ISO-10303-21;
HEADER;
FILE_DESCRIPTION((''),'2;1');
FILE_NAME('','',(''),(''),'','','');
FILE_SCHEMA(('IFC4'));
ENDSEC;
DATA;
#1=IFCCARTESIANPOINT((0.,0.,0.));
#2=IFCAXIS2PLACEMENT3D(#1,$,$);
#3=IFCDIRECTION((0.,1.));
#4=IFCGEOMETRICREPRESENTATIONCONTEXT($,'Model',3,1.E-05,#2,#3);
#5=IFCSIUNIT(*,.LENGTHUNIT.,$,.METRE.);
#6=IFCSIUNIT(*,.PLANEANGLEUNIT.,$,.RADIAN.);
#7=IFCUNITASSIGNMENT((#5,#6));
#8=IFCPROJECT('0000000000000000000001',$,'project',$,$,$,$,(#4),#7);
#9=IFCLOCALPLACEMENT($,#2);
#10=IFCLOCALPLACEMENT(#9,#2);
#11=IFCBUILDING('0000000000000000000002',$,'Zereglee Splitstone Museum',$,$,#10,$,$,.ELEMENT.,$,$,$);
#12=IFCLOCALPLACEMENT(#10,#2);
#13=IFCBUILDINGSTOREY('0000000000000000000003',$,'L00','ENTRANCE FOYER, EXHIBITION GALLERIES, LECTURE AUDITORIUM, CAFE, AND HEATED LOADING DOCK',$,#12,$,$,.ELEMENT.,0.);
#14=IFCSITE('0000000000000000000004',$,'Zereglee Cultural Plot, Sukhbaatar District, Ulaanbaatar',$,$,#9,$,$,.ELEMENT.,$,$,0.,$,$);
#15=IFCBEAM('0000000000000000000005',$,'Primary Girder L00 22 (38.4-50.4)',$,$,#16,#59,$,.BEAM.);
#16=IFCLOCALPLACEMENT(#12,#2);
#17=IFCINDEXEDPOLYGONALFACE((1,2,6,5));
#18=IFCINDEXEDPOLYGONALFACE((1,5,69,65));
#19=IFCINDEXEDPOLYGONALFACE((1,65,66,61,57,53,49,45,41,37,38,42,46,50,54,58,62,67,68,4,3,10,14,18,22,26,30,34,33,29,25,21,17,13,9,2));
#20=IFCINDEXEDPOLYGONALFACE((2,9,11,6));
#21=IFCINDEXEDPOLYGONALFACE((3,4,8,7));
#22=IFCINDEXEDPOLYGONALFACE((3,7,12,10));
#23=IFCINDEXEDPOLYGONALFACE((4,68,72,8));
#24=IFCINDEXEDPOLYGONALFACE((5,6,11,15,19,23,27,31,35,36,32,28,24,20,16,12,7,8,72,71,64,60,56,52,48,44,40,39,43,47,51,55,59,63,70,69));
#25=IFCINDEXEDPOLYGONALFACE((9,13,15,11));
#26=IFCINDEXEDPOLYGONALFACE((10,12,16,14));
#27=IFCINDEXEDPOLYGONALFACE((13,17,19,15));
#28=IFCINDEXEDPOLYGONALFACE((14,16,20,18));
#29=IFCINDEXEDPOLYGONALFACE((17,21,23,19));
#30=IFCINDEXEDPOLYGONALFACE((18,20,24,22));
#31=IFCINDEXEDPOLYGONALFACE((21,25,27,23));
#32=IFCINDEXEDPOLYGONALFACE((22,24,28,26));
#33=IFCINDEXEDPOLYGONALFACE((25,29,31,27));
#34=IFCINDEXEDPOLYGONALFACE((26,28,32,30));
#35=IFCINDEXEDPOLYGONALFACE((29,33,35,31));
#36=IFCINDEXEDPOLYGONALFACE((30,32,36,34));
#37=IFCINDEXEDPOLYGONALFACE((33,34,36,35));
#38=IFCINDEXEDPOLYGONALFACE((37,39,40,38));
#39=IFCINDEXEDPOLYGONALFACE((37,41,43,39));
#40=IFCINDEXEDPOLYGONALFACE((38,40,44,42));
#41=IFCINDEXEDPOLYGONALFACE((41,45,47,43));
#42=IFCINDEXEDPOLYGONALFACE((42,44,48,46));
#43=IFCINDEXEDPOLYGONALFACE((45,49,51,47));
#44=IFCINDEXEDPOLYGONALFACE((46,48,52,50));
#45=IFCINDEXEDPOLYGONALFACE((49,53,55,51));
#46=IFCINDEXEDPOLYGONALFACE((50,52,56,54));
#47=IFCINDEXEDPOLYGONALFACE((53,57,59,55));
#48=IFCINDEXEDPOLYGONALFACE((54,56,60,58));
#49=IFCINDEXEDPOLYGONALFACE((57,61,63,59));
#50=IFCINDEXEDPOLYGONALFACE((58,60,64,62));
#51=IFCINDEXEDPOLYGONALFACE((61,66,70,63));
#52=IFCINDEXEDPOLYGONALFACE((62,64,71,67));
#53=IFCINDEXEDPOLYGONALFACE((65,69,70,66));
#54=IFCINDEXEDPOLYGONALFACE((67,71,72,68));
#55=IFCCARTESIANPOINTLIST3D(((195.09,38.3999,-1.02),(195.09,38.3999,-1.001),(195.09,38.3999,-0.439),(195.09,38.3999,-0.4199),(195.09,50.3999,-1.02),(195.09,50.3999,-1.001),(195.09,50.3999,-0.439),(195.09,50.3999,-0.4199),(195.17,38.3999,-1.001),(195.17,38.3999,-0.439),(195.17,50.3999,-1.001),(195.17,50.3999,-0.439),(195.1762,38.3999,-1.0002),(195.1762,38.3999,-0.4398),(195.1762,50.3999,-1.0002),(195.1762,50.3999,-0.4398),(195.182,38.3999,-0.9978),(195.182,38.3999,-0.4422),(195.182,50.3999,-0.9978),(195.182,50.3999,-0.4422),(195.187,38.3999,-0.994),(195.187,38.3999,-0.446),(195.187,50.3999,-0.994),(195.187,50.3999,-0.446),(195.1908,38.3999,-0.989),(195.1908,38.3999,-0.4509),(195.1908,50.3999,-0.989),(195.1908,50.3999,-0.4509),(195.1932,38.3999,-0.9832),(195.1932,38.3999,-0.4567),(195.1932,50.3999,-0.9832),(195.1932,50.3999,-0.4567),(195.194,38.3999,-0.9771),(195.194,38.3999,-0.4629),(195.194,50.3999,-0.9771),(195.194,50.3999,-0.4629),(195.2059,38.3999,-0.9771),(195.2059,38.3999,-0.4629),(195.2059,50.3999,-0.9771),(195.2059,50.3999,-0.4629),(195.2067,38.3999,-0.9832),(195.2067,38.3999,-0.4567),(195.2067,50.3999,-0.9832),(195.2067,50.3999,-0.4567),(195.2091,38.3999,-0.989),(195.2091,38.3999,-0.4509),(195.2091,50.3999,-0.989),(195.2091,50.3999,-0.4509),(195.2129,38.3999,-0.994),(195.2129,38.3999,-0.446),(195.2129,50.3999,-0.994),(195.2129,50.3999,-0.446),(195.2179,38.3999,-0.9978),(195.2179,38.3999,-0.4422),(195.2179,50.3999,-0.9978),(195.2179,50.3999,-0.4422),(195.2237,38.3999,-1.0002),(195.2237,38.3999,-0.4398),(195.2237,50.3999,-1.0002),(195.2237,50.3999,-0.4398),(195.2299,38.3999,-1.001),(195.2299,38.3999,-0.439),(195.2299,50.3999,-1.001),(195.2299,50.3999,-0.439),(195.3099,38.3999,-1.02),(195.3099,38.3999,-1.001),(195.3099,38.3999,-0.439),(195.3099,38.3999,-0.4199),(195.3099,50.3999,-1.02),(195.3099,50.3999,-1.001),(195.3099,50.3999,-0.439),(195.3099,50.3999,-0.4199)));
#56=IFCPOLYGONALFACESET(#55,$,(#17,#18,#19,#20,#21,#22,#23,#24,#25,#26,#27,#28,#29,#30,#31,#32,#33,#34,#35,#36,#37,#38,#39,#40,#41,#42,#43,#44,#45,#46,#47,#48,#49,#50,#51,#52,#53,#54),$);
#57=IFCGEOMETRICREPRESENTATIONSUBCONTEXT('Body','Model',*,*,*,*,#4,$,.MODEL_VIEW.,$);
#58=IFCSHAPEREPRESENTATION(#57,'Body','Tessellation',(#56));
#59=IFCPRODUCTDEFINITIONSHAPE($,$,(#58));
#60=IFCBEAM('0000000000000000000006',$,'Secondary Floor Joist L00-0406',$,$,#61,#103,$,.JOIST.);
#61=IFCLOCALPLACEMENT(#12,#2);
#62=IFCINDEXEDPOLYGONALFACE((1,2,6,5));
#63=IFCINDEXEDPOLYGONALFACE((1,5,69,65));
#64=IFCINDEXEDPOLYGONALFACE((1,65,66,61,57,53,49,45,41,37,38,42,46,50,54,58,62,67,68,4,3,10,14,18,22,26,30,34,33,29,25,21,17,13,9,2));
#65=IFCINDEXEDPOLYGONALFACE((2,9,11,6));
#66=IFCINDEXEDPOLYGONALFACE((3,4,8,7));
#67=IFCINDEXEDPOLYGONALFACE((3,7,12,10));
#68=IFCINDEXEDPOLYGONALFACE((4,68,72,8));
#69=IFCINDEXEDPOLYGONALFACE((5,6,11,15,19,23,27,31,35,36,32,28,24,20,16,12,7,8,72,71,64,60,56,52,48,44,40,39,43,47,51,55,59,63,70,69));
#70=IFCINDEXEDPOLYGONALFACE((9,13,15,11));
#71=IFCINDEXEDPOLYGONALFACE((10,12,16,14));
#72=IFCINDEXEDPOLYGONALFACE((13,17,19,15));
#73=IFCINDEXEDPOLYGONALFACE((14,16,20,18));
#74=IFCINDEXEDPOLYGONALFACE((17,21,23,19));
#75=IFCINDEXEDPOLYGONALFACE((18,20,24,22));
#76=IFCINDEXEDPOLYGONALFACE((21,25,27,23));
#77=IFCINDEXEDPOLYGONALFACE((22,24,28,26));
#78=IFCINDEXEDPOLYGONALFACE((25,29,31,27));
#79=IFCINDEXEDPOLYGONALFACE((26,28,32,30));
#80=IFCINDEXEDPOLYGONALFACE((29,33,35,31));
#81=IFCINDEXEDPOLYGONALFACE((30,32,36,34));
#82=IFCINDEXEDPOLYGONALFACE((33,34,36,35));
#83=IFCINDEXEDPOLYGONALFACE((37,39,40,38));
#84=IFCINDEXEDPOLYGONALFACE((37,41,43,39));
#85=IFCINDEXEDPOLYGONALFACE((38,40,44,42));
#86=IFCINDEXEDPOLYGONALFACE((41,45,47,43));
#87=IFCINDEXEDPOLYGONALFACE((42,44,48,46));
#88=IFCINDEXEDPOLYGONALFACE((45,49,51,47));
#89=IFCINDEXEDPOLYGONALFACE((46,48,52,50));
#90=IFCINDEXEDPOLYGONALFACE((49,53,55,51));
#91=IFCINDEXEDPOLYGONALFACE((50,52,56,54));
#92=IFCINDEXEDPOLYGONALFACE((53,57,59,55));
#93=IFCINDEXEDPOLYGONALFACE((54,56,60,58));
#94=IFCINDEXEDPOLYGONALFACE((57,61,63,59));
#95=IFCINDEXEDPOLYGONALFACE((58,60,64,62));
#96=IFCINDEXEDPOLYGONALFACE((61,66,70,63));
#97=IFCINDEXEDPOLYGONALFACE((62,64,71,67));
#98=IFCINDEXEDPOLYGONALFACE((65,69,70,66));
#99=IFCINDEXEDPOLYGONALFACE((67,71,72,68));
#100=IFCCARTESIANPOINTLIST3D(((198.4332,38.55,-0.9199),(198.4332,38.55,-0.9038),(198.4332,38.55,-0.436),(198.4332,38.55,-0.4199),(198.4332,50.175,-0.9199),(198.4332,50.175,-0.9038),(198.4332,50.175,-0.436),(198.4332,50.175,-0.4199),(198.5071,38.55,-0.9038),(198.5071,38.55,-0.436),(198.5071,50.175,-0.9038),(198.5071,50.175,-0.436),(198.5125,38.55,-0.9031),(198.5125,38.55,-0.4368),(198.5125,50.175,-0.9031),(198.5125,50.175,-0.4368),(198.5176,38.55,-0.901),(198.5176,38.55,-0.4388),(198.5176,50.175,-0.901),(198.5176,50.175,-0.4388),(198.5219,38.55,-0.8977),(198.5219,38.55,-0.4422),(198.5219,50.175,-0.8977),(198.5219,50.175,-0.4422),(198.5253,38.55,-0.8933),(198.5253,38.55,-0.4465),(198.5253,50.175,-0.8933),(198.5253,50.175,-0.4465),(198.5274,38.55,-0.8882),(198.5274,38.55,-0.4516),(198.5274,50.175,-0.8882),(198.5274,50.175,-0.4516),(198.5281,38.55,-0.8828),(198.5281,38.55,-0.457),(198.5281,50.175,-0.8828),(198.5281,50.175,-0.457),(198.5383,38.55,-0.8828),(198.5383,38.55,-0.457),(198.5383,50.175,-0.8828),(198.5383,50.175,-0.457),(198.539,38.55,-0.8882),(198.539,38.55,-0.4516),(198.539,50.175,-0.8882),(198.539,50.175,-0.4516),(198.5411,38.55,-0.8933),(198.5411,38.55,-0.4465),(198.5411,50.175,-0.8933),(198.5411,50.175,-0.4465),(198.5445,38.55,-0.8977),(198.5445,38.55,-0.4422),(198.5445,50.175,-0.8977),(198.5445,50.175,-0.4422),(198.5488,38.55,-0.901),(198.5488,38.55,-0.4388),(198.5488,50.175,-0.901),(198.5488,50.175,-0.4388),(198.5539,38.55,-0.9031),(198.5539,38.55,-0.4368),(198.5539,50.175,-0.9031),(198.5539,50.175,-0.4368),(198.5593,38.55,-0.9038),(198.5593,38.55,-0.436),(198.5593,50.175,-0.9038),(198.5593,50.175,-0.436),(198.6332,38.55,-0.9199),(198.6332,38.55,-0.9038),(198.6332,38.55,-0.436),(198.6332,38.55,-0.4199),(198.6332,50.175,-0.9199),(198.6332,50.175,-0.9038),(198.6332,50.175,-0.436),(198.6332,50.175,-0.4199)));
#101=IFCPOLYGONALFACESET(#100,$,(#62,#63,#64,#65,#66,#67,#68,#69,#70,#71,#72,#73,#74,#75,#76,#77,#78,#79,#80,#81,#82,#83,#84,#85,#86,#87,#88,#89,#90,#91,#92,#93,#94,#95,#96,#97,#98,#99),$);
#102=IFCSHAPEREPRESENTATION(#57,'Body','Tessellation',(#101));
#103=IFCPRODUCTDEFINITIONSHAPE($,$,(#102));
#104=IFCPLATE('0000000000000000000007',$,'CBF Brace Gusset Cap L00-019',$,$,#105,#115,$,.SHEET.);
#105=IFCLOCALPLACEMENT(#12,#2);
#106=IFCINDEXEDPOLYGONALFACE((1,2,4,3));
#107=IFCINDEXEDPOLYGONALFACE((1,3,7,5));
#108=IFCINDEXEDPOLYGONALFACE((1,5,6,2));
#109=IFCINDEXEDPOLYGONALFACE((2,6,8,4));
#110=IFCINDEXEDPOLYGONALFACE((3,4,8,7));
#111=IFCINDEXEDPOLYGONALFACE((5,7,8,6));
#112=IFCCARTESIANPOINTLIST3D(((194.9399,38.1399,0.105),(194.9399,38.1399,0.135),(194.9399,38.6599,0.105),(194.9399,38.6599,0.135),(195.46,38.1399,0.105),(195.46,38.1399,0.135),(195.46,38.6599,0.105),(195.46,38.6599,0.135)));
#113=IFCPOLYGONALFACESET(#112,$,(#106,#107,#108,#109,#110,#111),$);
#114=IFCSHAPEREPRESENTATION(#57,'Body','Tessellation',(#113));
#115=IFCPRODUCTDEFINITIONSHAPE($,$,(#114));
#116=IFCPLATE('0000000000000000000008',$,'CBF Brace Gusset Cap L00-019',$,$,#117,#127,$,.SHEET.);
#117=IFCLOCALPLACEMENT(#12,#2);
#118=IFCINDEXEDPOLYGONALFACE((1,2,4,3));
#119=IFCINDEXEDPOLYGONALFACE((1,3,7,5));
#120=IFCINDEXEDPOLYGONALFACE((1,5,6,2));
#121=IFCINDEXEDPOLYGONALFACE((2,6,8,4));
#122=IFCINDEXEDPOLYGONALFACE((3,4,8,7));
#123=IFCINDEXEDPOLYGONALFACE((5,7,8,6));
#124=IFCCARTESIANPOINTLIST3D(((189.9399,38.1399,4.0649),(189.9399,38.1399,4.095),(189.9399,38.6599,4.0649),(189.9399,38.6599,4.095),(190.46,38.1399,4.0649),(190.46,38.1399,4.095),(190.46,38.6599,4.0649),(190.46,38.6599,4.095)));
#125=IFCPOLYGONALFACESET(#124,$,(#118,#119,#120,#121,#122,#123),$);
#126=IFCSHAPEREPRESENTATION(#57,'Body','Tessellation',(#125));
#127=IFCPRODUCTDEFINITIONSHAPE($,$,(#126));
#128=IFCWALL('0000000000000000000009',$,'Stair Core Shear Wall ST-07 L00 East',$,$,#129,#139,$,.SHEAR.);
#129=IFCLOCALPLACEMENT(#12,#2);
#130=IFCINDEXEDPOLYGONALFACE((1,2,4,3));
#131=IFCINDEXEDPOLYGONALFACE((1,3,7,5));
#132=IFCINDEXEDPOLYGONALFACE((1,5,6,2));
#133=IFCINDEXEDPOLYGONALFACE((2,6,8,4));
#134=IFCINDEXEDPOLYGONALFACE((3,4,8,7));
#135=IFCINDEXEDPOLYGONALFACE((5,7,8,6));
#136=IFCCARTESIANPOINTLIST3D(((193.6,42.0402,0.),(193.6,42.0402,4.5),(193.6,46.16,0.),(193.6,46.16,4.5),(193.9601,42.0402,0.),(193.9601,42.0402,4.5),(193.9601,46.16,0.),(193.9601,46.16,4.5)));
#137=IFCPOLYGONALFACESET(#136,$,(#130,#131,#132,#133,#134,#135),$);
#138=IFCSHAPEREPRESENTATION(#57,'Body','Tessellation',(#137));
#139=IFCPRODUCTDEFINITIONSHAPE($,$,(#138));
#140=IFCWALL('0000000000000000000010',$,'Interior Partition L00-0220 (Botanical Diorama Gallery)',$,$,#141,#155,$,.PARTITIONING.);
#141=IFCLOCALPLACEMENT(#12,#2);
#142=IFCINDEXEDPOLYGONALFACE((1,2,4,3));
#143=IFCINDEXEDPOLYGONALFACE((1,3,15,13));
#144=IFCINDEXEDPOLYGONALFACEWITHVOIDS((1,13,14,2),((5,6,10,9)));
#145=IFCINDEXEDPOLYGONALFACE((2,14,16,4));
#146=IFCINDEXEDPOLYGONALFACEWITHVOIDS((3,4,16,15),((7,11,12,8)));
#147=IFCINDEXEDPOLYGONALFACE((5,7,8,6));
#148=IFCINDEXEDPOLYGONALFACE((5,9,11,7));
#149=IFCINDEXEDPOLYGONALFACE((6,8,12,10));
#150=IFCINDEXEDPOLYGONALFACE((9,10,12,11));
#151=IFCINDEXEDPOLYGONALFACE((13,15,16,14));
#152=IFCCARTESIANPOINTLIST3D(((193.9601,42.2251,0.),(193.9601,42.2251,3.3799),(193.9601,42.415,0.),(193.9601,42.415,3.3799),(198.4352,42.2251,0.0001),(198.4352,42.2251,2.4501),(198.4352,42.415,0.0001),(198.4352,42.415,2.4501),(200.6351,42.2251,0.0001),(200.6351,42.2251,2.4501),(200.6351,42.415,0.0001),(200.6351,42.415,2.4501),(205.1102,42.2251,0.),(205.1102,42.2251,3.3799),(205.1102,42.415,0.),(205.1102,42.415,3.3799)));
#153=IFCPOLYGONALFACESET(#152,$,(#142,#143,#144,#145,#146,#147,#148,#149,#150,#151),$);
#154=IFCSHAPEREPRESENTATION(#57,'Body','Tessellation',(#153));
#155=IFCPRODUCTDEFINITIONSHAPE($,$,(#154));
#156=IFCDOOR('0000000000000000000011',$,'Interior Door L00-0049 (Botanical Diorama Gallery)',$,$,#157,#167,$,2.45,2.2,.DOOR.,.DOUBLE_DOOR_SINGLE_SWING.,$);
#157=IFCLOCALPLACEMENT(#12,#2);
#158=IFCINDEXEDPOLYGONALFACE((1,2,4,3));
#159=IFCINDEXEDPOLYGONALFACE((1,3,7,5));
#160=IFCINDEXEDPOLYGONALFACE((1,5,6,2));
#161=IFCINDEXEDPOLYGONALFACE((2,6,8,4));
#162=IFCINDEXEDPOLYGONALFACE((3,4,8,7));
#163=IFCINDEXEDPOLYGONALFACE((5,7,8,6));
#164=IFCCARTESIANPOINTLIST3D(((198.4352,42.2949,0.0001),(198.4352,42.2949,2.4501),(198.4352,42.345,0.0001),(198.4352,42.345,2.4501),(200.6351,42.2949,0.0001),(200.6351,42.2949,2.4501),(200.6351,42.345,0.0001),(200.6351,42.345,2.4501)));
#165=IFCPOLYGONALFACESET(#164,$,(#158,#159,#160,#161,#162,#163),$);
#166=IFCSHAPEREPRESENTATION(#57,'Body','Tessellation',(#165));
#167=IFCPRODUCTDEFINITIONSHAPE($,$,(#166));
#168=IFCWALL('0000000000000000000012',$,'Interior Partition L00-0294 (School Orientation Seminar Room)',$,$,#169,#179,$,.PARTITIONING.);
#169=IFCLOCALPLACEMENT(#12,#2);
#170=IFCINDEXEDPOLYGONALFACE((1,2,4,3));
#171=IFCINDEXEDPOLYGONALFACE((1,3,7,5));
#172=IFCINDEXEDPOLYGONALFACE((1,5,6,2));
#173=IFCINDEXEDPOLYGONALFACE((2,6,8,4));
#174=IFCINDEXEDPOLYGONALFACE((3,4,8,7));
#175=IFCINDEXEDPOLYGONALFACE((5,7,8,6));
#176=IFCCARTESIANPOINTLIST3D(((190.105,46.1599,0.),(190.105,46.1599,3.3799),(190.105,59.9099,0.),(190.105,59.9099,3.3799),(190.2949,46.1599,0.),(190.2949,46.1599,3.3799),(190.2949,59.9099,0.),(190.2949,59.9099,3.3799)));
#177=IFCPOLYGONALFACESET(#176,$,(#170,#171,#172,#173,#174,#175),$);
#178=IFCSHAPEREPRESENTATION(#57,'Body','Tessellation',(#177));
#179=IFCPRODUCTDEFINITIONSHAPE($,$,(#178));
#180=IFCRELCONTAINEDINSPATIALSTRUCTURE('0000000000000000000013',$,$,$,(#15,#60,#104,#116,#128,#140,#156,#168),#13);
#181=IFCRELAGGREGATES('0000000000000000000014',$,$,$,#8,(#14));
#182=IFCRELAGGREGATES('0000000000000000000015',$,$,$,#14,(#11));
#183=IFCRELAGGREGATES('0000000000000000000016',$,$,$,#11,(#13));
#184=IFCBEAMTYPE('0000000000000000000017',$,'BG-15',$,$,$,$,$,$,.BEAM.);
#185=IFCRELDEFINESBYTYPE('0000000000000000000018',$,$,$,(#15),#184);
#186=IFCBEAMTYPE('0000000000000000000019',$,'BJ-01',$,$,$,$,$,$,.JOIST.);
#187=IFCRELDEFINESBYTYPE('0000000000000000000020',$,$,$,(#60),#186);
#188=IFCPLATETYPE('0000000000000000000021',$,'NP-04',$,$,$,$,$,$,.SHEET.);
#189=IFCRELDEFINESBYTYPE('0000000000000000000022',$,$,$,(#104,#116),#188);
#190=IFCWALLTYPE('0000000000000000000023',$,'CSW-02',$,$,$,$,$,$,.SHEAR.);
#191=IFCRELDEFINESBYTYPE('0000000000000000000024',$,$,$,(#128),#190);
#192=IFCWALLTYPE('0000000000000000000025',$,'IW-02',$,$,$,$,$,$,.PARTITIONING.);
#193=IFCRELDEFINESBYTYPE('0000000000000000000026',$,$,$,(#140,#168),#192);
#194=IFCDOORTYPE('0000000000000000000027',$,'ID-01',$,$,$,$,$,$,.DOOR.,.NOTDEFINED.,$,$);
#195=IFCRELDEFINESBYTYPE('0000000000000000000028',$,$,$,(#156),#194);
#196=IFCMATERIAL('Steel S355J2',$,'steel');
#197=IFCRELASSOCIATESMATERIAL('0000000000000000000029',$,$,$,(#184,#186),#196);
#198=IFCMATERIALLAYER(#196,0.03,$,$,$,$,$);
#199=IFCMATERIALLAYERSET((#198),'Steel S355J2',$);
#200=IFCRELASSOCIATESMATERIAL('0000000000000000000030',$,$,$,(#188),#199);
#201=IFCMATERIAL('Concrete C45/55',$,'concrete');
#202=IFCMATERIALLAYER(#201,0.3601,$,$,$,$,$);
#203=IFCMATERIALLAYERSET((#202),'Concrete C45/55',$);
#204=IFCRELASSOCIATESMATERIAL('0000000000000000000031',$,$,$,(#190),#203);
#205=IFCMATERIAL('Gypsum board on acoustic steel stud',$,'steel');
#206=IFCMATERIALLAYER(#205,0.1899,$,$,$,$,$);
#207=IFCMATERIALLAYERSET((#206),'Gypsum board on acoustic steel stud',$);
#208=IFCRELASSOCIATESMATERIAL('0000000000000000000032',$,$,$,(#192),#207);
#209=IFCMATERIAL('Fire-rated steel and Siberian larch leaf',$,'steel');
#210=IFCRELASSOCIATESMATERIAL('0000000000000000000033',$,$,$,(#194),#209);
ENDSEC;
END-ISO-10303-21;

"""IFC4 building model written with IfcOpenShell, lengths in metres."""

from ifc_helpers import new_model, si_unit, direction, frame, frame_2d, origin, origin_2d, place, context, subcontext, project, spatial, rectangle, i_section, extrude, material, layer, layer_set, material_profile, profile_set, type_object, element, fill, save


model = new_model("IFC4")

# Units and contexts
model_context = context("Model", 3, precision=1e-05, world=origin(), true_north=direction((0.0, 1.0)))
body_context = subcontext(model_context, "Body", "Model", "MODEL_VIEW")
ifc_project = project(units=[si_unit("LENGTHUNIT", "METRE"), si_unit("PLANEANGLEUNIT", "RADIAN")], contexts=[model_context])

# Site, building, storey
site_placement = place(None, origin())
site = spatial("IfcSite", under=ifc_project, at=site_placement, Name="Zereglee Cultural Plot, Sukhbaatar District, Ulaanbaatar", CompositionType="ELEMENT", RefElevation=0.0)
building_placement = place(site_placement, origin())
building = spatial("IfcBuilding", under=site, at=building_placement, Name="Zereglee Splitstone Museum", CompositionType="ELEMENT")
storey_placement = place(building_placement, origin())
storey = spatial("IfcBuildingStorey", under=building, at=storey_placement, Name="L00", Description="ENTRANCE FOYER, EXHIBITION GALLERIES, LECTURE AUDITORIUM, CAFE, AND HEATED LOADING DOCK", CompositionType="ELEMENT", Elevation=0.0)

# Shared definitions
ifc_material_1 = material(Name="Concrete C45/55", Category="concrete")

# Beams
ifc_material_2 = material(Name="Steel S355J2", Category="steel")
ifc_material_profile_1 = material_profile(ifc_material_2, i_section(OverallWidth=0.22, OverallDepth=0.6001, WebThickness=0.012, FlangeThickness=0.019, FilletRadius=0.0239, at=origin_2d()), Name="IPE 600")
ifc_profile_set_1 = profile_set([ifc_material_profile_1], Name="Steel S355J2")
beam_type_1 = type_object("IfcBeamType", Name="BG-15", PredefinedType="BEAM", material=ifc_profile_set_1)
beam_1_placement = place(storey_placement, frame((195.2, 38.3999, -0.72), z_axis=(0.0, 1.0, 0.0), x_axis=(-1.0, 0.0, 0.0)))
element("IfcBeam", 1, at=beam_1_placement, inside=storey, type_object=beam_type_1, Name="Primary Girder L00 22 (38.4-50.4)", PredefinedType="BEAM", context=body_context, shape_type="SweptSolid", body=[
    extrude(i_section(OverallWidth=0.22, OverallDepth=0.6001, WebThickness=0.012, FlangeThickness=0.019, FilletRadius=0.0239, at=origin_2d()), origin(), (0.0, 0.0, 1.0), 12.0),
])
ifc_material_profile_2 = material_profile(ifc_material_2, i_section(OverallWidth=0.2, OverallDepth=0.5, WebThickness=0.0103, FlangeThickness=0.0161, FilletRadius=0.021, at=origin_2d()), Name="IPE 500")
ifc_profile_set_2 = profile_set([ifc_material_profile_2], Name="Steel S355J2")
beam_type_2 = type_object("IfcBeamType", Name="BJ-01", PredefinedType="JOIST", material=ifc_profile_set_2)
beam_2_placement = place(storey_placement, frame((198.5332, 38.55, -0.6699), z_axis=(0.0, 1.0, 0.0), x_axis=(-1.0, 0.0, 0.0)))
element("IfcBeam", 2, at=beam_2_placement, inside=storey, type_object=beam_type_2, Name="Secondary Floor Joist L00-0406", PredefinedType="JOIST", context=body_context, shape_type="SweptSolid", body=[
    extrude(i_section(OverallWidth=0.2, OverallDepth=0.5, WebThickness=0.0103, FlangeThickness=0.0161, FilletRadius=0.021, at=origin_2d()), origin(), (0.0, 0.0, 1.0), 11.625),
])

# Plates
ifc_layer_1 = layer(ifc_material_2, 0.03)
ifc_layer_set_1 = layer_set([ifc_layer_1], Name="Steel S355J2")
plate_type = type_object("IfcPlateType", Name="NP-04", PredefinedType="SHEET", material=ifc_layer_set_1)
for number, where, z_axis, x_axis, name in (
    (3, (195.2, 38.3999, 0.105), (0.0, 0.0, 1.0), (1.0, 0.0, 0.0), "CBF Brace Gusset Cap L00-019"),
    (4, (190.2, 38.3999, 4.0649), (0.0, 0.0, 1.0), (1.0, 0.0, 0.0), "CBF Brace Gusset Cap L00-019"),
):
    element("IfcPlate", number, at=place(storey_placement, frame(where, z_axis=z_axis, x_axis=x_axis)), inside=storey, type_object=plate_type, Name=name, PredefinedType="SHEET", context=body_context, shape_type="SweptSolid", body=[
        extrude(rectangle(XDim=0.52, YDim=0.52, at=origin_2d()), origin(), (0.0, 0.0, 1.0), 0.03),
    ])

# Wall
ifc_layer_2 = layer(ifc_material_1, 0.3601)
ifc_layer_set_2 = layer_set([ifc_layer_2], Name="Concrete C45/55")
wall_type_1 = type_object("IfcWallType", Name="CSW-02", PredefinedType="SHEAR", material=ifc_layer_set_2)
wall_1_placement = place(storey_placement, frame((193.78, 42.04, 0.0), z_axis=(0.0, 0.0, 1.0), x_axis=(0.0, 1.0, 0.0)))
element("IfcWall", 5, at=wall_1_placement, inside=storey, type_object=wall_type_1, Name="Stair Core Shear Wall ST-07 L00 East", PredefinedType="SHEAR", context=body_context, shape_type="SweptSolid", body=[
    extrude(rectangle(XDim=4.1199, YDim=0.3601, at=frame_2d((2.0601, 0.0))), origin(), (0.0, 0.0, 1.0), 4.5),
])

# Wall, opening, door
ifc_material_3 = material(Name="Gypsum board on acoustic steel stud", Category="steel")
ifc_layer_3 = layer(ifc_material_3, 0.1899)
ifc_layer_set_3 = layer_set([ifc_layer_3], Name="Gypsum board on acoustic steel stud")
wall_type_2 = type_object("IfcWallType", Name="IW-02", PredefinedType="PARTITIONING", material=ifc_layer_set_3)
wall_2_placement = place(storey_placement, frame((193.96, 42.3201, 0.0), z_axis=(0.0, 0.0, 1.0), x_axis=(1.0, 0.0, 0.0)))
wall_2 = element("IfcWall", 6, at=wall_2_placement, inside=storey, type_object=wall_type_2, Name="Interior Partition L00-0220 (Botanical Diorama Gallery)", PredefinedType="PARTITIONING", context=body_context, shape_type="SweptSolid", body=[
    extrude(rectangle(XDim=11.1501, YDim=0.1899, at=frame_2d((5.5752, 0.0))), origin(), (0.0, 0.0, 1.0), 3.3799),
])
opening_placement = place(wall_2_placement, frame((4.4751, 0.0, 0.0)))
opening = element("IfcOpeningElement", 7, at=opening_placement, cuts=wall_2, PredefinedType="OPENING", context=body_context, shape_type="SweptSolid", body=[
    extrude(rectangle(XDim=2.2, YDim=2.45, at=frame_2d((1.1001, 1.2251))), frame((0.0, 0.1099, 0.0), z_axis=(0.0, -1.0, 0.0), x_axis=(1.0, 0.0, 0.0)), (0.0, 0.0, 1.0), 0.2197),
])
ifc_material_4 = material(Name="Fire-rated steel and Siberian larch leaf", Category="steel")
door_type = type_object("IfcDoorType", Name="ID-01", OperationType="NOTDEFINED", PredefinedType="DOOR", material=ifc_material_4)
door_placement = place(opening_placement, origin())
door = element("IfcDoor", 8, at=door_placement, inside=storey, type_object=door_type, Name="Interior Door L00-0049 (Botanical Diorama Gallery)", OperationType="DOUBLE_DOOR_SINGLE_SWING", OverallHeight=2.45, OverallWidth=2.2, PredefinedType="DOOR", context=body_context, shape_type="SweptSolid", body=[
    extrude(rectangle(XDim=2.2, YDim=2.45, at=frame_2d((1.1001, 1.2251))), frame((0.0, 0.0249, 0.0), z_axis=(0.0, -1.0, 0.0), x_axis=(1.0, 0.0, 0.0)), (0.0, 0.0, 1.0), 0.05),
])
fill(opening, door)

# Wall
wall_3_placement = place(storey_placement, frame((190.2, 46.1599, 0.0), z_axis=(0.0, 0.0, 1.0), x_axis=(0.0, 1.0, 0.0)))
element("IfcWall", 9, at=wall_3_placement, inside=storey, type_object=wall_type_2, Name="Interior Partition L00-0294 (School Orientation Seminar Room)", PredefinedType="PARTITIONING", context=body_context, shape_type="SweptSolid", body=[
    extrude(rectangle(XDim=13.75, YDim=0.1899, at=frame_2d((6.875, 0.0))), origin(), (0.0, 0.0, 1.0), 3.3799),
])

save(model, "model.ifc")
